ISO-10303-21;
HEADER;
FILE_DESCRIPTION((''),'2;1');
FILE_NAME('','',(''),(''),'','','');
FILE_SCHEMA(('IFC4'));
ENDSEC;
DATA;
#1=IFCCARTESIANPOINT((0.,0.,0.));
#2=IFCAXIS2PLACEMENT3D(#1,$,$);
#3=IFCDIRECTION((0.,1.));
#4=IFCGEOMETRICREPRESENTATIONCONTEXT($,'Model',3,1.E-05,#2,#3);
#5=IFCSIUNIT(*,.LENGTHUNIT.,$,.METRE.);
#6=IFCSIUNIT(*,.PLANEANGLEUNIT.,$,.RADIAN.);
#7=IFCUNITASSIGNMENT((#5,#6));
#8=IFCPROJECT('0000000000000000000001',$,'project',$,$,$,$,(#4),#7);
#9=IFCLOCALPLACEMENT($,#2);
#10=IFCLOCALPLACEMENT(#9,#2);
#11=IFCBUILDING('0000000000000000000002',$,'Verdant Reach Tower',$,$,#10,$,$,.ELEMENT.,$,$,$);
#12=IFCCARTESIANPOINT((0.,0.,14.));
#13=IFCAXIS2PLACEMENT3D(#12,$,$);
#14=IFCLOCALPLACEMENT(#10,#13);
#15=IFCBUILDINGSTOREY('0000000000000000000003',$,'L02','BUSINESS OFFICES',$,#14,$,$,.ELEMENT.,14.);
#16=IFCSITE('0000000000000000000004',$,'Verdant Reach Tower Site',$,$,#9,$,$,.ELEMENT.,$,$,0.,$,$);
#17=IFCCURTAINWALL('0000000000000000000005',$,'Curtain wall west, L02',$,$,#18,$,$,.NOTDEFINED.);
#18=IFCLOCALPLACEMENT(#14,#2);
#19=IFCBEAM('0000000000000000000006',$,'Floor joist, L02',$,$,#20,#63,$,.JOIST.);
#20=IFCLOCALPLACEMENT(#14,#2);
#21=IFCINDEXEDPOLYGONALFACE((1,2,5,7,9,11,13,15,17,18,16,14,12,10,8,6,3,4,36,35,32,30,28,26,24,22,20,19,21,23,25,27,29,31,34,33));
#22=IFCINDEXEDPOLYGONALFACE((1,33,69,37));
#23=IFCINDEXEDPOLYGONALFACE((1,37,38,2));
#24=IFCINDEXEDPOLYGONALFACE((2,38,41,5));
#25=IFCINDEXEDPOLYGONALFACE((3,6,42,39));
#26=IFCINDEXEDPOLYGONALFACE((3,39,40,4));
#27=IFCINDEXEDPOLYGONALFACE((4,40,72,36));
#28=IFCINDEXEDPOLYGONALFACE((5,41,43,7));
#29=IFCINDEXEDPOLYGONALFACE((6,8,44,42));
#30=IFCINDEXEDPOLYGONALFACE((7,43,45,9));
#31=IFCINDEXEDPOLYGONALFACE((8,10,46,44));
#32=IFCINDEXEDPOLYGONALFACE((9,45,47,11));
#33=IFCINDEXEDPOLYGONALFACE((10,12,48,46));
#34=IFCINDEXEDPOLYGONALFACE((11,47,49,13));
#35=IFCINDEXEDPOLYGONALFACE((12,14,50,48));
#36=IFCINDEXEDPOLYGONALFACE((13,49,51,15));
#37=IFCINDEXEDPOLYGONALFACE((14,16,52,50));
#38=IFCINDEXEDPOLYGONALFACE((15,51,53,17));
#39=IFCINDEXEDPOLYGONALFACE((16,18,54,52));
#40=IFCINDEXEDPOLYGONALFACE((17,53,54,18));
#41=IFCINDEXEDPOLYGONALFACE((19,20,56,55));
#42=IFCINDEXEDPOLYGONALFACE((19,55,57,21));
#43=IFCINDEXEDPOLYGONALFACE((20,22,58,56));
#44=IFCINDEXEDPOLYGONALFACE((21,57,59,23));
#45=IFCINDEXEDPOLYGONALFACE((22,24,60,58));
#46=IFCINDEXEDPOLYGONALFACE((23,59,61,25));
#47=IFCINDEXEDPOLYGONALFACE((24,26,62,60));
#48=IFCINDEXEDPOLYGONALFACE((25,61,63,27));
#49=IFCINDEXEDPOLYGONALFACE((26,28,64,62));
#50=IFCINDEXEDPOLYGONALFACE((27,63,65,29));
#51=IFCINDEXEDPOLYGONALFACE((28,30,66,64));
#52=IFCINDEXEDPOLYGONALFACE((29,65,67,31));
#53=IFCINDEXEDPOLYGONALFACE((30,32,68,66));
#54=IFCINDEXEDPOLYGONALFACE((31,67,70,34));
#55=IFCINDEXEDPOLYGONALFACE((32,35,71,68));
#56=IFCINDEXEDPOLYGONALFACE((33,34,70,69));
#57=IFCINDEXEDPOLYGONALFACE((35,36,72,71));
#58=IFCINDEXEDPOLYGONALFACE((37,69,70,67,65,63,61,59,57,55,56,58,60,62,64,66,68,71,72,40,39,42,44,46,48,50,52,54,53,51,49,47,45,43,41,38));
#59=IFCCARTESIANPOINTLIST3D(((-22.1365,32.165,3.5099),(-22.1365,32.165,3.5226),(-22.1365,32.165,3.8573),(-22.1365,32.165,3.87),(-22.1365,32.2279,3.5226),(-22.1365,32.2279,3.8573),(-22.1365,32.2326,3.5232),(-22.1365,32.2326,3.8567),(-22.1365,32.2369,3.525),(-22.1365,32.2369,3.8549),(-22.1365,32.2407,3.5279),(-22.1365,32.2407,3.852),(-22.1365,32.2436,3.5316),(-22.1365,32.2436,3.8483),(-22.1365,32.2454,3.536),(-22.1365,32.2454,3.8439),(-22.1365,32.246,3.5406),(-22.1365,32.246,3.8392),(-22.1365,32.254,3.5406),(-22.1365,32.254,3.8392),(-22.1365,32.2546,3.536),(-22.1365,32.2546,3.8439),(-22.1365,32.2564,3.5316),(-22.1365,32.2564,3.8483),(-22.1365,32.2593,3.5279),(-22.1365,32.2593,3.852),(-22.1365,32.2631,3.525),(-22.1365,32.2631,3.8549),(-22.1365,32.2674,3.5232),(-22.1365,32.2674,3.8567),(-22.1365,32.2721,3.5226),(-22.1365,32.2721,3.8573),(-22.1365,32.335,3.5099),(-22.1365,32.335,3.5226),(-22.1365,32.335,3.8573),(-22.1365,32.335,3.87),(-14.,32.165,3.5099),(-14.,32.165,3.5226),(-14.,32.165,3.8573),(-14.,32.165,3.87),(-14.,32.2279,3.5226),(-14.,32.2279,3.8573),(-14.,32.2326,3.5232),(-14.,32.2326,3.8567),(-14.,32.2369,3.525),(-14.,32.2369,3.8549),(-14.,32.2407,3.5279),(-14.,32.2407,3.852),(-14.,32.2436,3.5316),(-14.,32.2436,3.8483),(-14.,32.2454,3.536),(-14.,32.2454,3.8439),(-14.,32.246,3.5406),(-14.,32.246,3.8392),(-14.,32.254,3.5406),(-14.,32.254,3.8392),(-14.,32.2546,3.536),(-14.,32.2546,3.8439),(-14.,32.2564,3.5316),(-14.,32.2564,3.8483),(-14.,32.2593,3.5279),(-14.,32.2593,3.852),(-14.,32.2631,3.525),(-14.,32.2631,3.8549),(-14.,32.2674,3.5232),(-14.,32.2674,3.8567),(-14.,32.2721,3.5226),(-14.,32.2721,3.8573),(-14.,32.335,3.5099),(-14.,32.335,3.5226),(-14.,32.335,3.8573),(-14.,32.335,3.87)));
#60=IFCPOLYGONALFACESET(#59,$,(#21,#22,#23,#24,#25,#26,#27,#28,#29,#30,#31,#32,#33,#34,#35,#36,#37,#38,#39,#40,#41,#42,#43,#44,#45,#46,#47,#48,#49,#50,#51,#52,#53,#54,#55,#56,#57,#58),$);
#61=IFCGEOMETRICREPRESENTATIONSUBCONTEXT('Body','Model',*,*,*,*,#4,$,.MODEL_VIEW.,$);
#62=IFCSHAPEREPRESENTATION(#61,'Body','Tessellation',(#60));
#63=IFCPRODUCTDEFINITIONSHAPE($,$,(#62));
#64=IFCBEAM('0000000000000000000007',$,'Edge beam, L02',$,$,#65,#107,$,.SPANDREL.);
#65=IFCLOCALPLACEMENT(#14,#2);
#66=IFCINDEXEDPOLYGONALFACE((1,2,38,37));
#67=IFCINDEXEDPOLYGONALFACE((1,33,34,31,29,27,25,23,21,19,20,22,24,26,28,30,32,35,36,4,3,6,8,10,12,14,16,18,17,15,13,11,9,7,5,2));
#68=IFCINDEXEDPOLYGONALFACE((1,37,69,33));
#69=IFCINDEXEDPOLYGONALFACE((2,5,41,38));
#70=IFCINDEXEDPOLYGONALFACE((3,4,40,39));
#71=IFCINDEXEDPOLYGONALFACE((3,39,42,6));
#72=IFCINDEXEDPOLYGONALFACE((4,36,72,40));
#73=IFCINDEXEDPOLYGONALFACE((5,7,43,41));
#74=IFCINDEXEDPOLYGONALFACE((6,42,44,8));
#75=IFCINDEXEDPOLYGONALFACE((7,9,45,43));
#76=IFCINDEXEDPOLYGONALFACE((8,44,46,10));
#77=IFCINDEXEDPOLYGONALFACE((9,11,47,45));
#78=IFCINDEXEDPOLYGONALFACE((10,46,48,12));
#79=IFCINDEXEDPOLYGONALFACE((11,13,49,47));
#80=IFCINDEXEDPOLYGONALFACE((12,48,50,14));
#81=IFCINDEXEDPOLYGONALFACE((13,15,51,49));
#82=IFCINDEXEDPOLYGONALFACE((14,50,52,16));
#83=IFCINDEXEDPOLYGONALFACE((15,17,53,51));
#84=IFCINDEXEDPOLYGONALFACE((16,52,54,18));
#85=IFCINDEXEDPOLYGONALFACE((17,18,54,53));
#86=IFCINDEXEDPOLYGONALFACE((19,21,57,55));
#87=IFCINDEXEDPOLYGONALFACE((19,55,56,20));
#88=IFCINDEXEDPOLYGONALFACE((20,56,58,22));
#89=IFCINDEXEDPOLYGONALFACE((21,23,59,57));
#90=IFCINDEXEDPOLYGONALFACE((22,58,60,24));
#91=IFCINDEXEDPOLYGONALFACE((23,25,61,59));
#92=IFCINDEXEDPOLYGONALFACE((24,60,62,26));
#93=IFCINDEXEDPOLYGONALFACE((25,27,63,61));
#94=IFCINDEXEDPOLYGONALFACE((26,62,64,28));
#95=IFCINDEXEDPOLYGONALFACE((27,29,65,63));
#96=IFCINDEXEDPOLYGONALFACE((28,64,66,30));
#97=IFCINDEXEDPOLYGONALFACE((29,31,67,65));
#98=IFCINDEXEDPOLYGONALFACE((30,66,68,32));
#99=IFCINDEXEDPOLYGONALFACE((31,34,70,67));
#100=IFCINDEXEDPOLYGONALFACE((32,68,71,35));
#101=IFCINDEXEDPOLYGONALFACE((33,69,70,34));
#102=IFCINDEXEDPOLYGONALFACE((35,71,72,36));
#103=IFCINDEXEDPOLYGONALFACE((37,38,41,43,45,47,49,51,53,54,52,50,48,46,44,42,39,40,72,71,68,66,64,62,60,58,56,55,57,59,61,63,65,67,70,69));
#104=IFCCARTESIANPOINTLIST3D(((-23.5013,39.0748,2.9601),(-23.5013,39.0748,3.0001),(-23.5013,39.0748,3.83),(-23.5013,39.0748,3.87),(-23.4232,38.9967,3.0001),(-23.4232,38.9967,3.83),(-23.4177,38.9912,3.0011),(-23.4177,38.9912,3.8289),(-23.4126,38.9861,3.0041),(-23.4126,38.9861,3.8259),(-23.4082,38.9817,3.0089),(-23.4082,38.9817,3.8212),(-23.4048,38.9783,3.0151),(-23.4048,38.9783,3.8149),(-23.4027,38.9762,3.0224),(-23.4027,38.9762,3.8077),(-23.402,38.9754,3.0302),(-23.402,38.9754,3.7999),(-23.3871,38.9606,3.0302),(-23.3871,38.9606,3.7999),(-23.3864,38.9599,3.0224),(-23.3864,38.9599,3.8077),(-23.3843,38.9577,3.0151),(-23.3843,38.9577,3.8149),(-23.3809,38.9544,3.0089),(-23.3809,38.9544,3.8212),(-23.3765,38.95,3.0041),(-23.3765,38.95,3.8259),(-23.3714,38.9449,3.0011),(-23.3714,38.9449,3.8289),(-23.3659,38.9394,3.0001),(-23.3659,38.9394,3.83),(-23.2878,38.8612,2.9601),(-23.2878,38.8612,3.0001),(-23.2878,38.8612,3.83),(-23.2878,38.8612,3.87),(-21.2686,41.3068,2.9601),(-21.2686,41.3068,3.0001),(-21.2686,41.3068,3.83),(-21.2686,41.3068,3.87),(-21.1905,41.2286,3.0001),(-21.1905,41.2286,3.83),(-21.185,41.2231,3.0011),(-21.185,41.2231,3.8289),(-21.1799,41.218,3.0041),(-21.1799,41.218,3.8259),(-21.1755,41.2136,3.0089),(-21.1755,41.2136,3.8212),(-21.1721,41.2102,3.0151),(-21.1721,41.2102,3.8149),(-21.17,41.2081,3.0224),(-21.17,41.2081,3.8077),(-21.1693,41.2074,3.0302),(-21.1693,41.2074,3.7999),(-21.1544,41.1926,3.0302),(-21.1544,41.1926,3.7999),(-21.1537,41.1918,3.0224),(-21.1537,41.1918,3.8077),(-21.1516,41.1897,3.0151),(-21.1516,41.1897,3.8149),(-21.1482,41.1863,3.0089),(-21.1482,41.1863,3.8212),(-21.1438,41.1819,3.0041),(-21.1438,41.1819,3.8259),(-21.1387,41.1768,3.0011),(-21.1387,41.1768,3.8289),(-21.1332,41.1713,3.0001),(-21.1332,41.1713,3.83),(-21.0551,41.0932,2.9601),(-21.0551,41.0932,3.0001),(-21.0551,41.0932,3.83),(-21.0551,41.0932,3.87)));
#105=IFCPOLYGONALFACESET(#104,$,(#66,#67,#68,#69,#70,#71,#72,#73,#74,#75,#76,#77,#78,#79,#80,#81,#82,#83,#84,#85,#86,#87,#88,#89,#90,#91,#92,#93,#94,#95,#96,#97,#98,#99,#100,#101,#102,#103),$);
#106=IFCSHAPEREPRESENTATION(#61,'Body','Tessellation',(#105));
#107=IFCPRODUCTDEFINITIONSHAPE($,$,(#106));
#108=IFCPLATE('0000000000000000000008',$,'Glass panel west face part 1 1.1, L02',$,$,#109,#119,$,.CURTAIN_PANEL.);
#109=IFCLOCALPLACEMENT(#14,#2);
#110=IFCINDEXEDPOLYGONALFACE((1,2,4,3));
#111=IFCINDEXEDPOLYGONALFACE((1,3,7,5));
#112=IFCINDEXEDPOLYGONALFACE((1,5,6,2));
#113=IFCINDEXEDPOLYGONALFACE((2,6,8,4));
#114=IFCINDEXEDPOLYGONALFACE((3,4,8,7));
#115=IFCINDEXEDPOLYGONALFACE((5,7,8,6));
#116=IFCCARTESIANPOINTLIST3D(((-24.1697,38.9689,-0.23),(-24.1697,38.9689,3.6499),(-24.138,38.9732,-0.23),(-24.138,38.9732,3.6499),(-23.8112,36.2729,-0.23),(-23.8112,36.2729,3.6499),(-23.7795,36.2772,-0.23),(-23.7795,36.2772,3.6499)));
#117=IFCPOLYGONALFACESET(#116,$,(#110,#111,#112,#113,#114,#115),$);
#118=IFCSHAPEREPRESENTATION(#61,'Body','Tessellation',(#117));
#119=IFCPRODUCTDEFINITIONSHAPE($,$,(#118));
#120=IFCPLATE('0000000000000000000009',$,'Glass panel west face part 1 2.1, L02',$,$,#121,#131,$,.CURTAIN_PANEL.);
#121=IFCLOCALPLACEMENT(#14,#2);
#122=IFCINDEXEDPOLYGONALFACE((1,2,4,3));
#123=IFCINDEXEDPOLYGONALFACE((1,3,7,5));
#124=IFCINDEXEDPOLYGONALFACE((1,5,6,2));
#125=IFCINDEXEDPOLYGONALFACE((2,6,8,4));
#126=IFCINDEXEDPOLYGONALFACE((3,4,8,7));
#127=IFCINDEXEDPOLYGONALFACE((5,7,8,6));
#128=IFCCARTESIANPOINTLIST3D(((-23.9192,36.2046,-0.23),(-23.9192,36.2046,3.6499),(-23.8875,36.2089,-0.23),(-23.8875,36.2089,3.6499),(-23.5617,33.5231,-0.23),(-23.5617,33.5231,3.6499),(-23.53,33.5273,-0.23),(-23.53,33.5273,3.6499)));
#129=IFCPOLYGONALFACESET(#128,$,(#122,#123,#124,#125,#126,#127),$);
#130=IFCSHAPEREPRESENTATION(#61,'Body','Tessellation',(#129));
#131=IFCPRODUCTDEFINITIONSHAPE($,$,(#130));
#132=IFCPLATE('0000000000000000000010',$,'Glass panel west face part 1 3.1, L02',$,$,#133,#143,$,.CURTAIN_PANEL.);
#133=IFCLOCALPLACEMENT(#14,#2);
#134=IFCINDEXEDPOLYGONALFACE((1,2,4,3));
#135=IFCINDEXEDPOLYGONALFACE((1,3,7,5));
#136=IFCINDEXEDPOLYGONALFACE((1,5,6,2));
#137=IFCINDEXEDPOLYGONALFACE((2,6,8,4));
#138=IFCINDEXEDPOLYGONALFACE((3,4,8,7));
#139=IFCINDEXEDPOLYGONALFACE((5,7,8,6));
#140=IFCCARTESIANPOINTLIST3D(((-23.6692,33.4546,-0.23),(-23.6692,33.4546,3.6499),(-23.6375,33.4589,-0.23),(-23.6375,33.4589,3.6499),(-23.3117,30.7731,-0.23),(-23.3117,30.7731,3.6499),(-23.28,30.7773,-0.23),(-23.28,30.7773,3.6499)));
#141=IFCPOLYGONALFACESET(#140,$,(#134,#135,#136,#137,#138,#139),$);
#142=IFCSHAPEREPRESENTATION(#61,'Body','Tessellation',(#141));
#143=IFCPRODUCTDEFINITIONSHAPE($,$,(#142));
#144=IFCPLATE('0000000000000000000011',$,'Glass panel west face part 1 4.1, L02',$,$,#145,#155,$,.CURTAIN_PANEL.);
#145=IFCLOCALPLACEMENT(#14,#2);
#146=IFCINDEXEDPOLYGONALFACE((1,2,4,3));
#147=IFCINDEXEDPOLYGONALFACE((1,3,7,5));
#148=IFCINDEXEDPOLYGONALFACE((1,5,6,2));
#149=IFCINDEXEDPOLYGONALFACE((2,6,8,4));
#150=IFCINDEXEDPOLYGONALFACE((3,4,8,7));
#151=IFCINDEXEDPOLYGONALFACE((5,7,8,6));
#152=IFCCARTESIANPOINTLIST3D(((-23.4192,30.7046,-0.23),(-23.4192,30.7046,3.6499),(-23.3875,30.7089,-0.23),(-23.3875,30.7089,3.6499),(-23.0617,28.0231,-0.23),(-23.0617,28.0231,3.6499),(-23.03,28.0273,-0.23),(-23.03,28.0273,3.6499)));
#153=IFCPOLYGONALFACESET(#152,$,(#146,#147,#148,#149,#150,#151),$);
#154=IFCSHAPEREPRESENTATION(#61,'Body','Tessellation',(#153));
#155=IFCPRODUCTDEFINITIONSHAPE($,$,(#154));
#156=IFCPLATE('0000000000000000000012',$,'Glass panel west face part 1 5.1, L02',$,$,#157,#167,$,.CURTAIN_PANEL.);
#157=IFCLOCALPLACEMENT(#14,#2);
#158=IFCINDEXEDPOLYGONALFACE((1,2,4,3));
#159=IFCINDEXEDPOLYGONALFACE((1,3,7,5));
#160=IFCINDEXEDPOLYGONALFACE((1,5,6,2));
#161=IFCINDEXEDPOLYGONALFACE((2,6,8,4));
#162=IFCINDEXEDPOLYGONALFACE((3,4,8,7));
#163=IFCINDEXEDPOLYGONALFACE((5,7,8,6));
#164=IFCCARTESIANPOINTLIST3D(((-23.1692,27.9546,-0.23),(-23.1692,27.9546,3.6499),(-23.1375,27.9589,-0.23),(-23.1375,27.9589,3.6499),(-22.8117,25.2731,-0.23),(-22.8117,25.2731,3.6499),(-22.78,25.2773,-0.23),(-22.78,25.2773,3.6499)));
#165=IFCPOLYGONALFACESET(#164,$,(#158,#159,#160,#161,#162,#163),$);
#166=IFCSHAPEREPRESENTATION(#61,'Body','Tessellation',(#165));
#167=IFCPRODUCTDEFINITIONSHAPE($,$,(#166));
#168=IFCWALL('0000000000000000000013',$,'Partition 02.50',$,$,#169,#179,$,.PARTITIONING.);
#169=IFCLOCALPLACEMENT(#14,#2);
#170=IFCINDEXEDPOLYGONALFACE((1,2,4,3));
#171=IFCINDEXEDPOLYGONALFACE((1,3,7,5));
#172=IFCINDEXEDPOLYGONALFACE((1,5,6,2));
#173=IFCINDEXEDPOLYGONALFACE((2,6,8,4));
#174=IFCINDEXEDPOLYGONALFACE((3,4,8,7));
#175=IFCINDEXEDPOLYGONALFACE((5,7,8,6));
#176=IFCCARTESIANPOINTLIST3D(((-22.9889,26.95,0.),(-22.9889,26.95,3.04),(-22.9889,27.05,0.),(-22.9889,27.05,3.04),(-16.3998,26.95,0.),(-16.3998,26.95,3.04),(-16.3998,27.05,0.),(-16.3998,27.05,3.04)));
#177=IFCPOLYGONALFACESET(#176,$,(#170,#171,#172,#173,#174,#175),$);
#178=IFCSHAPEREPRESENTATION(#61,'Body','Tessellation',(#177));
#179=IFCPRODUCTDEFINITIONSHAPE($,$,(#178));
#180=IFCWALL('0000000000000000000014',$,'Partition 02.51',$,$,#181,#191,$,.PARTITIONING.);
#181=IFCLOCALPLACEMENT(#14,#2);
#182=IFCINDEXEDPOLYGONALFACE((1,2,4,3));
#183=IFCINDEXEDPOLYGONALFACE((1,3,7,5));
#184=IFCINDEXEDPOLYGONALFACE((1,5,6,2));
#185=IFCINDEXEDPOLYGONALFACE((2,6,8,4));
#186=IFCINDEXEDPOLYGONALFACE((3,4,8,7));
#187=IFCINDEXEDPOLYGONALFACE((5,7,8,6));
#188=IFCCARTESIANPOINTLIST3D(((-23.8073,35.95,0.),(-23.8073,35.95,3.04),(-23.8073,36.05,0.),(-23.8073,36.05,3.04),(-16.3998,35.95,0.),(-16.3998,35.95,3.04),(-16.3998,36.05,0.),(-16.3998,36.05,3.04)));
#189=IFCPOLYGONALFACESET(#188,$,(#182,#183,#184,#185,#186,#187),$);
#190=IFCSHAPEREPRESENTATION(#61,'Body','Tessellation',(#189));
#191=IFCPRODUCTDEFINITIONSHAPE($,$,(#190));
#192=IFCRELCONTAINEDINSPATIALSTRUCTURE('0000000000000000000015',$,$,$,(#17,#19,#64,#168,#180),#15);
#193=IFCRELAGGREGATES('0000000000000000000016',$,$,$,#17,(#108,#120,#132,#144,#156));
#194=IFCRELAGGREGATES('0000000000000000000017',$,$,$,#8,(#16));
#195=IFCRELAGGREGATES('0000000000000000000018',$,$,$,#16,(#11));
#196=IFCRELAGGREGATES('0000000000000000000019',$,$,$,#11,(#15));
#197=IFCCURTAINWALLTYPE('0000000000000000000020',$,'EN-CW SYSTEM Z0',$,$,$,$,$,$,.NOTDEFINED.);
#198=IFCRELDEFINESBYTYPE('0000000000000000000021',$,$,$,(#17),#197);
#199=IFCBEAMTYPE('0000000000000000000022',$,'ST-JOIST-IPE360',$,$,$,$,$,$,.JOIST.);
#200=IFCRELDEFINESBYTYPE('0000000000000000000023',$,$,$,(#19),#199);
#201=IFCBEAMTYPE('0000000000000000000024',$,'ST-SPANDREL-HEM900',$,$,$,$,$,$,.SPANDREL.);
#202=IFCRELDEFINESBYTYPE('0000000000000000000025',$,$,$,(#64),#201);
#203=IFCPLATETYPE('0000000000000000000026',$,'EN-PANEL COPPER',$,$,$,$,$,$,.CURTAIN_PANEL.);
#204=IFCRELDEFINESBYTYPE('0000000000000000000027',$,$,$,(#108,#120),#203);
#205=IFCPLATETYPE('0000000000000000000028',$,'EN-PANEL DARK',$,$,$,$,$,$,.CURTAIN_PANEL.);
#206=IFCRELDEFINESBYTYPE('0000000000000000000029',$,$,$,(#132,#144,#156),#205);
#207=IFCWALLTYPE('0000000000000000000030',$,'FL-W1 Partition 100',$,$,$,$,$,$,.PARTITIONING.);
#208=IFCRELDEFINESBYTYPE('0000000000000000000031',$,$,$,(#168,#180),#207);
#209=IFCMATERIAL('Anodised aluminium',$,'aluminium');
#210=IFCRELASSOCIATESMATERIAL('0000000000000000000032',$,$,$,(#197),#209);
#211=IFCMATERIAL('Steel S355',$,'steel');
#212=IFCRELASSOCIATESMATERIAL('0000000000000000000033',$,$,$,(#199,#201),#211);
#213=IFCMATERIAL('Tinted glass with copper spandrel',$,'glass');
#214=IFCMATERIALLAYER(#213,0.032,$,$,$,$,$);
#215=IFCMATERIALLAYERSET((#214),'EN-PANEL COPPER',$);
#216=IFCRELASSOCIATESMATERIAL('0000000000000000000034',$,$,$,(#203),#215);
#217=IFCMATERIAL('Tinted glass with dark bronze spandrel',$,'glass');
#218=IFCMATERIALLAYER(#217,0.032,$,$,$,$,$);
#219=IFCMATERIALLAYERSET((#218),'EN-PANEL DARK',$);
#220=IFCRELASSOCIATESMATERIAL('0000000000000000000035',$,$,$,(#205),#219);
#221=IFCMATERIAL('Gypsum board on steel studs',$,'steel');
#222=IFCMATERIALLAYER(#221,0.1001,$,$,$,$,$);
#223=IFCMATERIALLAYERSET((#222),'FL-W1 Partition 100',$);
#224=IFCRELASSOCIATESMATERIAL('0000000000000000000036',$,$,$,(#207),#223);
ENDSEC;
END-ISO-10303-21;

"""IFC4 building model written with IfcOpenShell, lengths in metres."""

from ifc_helpers import new_model, si_unit, direction, frame, frame_2d, origin, origin_2d, place, context, subcontext, project, spatial, rectangle, i_section, extrude, material, layer, layer_set, material_profile, profile_set, type_object, element, aggregate, save


model = new_model("IFC4")

# Units and contexts
model_context = context("Model", 3, precision=1e-05, world=origin(), true_north=direction((0.0, 1.0)))
body_context = subcontext(model_context, "Body", "Model", "MODEL_VIEW")
ifc_project = project(units=[si_unit("LENGTHUNIT", "METRE"), si_unit("PLANEANGLEUNIT", "RADIAN")], contexts=[model_context])

# Site, building, storey
site_placement = place(None, origin())
site = spatial("IfcSite", under=ifc_project, at=site_placement, Name="Verdant Reach Tower Site", CompositionType="ELEMENT", RefElevation=0.0)
building_placement = place(site_placement, origin())
building = spatial("IfcBuilding", under=site, at=building_placement, Name="Verdant Reach Tower", CompositionType="ELEMENT")
storey_placement = place(building_placement, frame((0.0, 0.0, 14.0)))
storey = spatial("IfcBuildingStorey", under=building, at=storey_placement, Name="L02", Description="BUSINESS OFFICES", CompositionType="ELEMENT", Elevation=14.0)

# Curtain wall
ifc_material_1 = material(Name="Anodised aluminium", Category="aluminium")
curtain_wall_type = type_object("IfcCurtainWallType", Name="EN-CW SYSTEM Z0", PredefinedType="NOTDEFINED", material=ifc_material_1)
curtain_wall_placement = place(storey_placement, origin())
curtain_wall = element("IfcCurtainWall", 1, at=curtain_wall_placement, inside=storey, type_object=curtain_wall_type, Name="Curtain wall west, L02", PredefinedType="NOTDEFINED")

# Beams
ifc_material_2 = material(Name="Steel S355", Category="steel")
ifc_material_profile_1 = material_profile(ifc_material_2, i_section(OverallWidth=0.1699, OverallDepth=0.3601, WebThickness=0.0081, FlangeThickness=0.0127, FilletRadius=0.0181, at=origin_2d()), Name="IPE 360")
ifc_profile_set_1 = profile_set([ifc_material_profile_1], Name="Steel S355")
beam_type_1 = type_object("IfcBeamType", Name="ST-JOIST-IPE360", PredefinedType="JOIST", material=ifc_profile_set_1)
beam_1_placement = place(storey_placement, frame((-14.0, 32.25, 3.6899), z_axis=(-1.0, 0.0, 0.0), x_axis=(0.0, -1.0, 0.0)))
element("IfcBeam", 2, at=beam_1_placement, inside=storey, type_object=beam_type_1, Name="Floor joist, L02", PredefinedType="JOIST", context=body_context, shape_type="SweptSolid", body=[
    extrude(i_section(OverallWidth=0.1699, OverallDepth=0.3601, WebThickness=0.0081, FlangeThickness=0.0127, FilletRadius=0.0181, at=origin_2d()), origin(), (0.0, 0.0, 1.0), 8.1365),
])
ifc_material_profile_2 = material_profile(ifc_material_2, i_section(OverallWidth=0.302, OverallDepth=0.9099, WebThickness=0.021, FlangeThickness=0.04, FilletRadius=0.03, at=origin_2d()), Name="HEM 900")
ifc_profile_set_2 = profile_set([ifc_material_profile_2], Name="Steel S355")
beam_type_2 = type_object("IfcBeamType", Name="ST-SPANDREL-HEM900", PredefinedType="SPANDREL", material=ifc_profile_set_2)
beam_2_placement = place(storey_placement, frame((-23.3945, 38.968, 3.415), z_axis=(0.707223, 0.706991, 0.0), x_axis=(-0.706991, 0.707223, 0.0)))
element("IfcBeam", 3, at=beam_2_placement, inside=storey, type_object=beam_type_2, Name="Edge beam, L02", PredefinedType="SPANDREL", context=body_context, shape_type="SweptSolid", body=[
    extrude(i_section(OverallWidth=0.302, OverallDepth=0.9099, WebThickness=0.021, FlangeThickness=0.04, FilletRadius=0.03, at=origin_2d()), origin(), (0.0, 0.0, 1.0), 3.157),
])

# Plates
ifc_material_3 = material(Name="Tinted glass with copper spandrel", Category="glass")
ifc_layer_1 = layer(ifc_material_3, 0.032)
ifc_layer_set_1 = layer_set([ifc_layer_1], Name="EN-PANEL COPPER")
plate_type_1 = type_object("IfcPlateType", Name="EN-PANEL COPPER", PredefinedType="CURTAIN_PANEL", material=ifc_layer_set_1)
plate_1_placement = place(storey_placement, frame((-23.9746, 37.623, -0.23), z_axis=(0.0, 0.0, 1.0), x_axis=(0.131793, -0.991277, 0.0)))
plate_1 = element("IfcPlate", 4, at=plate_1_placement, type_object=plate_type_1, Name="Glass panel west face part 1 1.1, L02", PredefinedType="CURTAIN_PANEL", context=body_context, shape_type="SweptSolid", body=[
    extrude(rectangle(XDim=2.7197, YDim=0.032, at=origin_2d()), origin(), (0.0, 0.0, 1.0), 3.8799),
])
plate_2_placement = place(storey_placement, frame((-23.7246, 34.866, -0.23), z_axis=(0.0, 0.0, 1.0), x_axis=(0.13216, -0.991228, 0.0)))
plate_2 = element("IfcPlate", 5, at=plate_2_placement, type_object=plate_type_1, Name="Glass panel west face part 1 2.1, L02", PredefinedType="CURTAIN_PANEL", context=body_context, shape_type="SweptSolid", body=[
    extrude(rectangle(XDim=2.7053, YDim=0.032, at=origin_2d()), origin(), (0.0, 0.0, 1.0), 3.8799),
])
ifc_material_4 = material(Name="Tinted glass with dark bronze spandrel", Category="glass")
ifc_layer_2 = layer(ifc_material_4, 0.032)
ifc_layer_set_2 = layer_set([ifc_layer_2], Name="EN-PANEL DARK")
plate_type_2 = type_object("IfcPlateType", Name="EN-PANEL DARK", PredefinedType="CURTAIN_PANEL", material=ifc_layer_set_2)
plate_3_placement = place(storey_placement, frame((-23.4746, 32.116, -0.23), z_axis=(0.0, 0.0, 1.0), x_axis=(0.13216, -0.991228, 0.0)))
plate_3 = element("IfcPlate", 6, at=plate_3_placement, type_object=plate_type_2, Name="Glass panel west face part 1 3.1, L02", PredefinedType="CURTAIN_PANEL", context=body_context, shape_type="SweptSolid", body=[
    extrude(rectangle(XDim=2.7053, YDim=0.032, at=origin_2d()), origin(), (0.0, 0.0, 1.0), 3.8799),
])
plate_4_placement = place(storey_placement, frame((-23.2246, 29.366, -0.23), z_axis=(0.0, 0.0, 1.0), x_axis=(0.13216, -0.991228, 0.0)))
plate_4 = element("IfcPlate", 7, at=plate_4_placement, type_object=plate_type_2, Name="Glass panel west face part 1 4.1, L02", PredefinedType="CURTAIN_PANEL", context=body_context, shape_type="SweptSolid", body=[
    extrude(rectangle(XDim=2.7053, YDim=0.032, at=origin_2d()), origin(), (0.0, 0.0, 1.0), 3.8799),
])
plate_5_placement = place(storey_placement, frame((-22.9746, 26.616, -0.23), z_axis=(0.0, 0.0, 1.0), x_axis=(0.13216, -0.991228, 0.0)))
plate_5 = element("IfcPlate", 8, at=plate_5_placement, type_object=plate_type_2, Name="Glass panel west face part 1 5.1, L02", PredefinedType="CURTAIN_PANEL", context=body_context, shape_type="SweptSolid", body=[
    extrude(rectangle(XDim=2.7053, YDim=0.032, at=origin_2d()), origin(), (0.0, 0.0, 1.0), 3.8799),
])
aggregate(curtain_wall, [plate_1, plate_2, plate_3, plate_4, plate_5])

# Walls
ifc_material_5 = material(Name="Gypsum board on steel studs", Category="steel")
ifc_layer_3 = layer(ifc_material_5, 0.1001)
ifc_layer_set_3 = layer_set([ifc_layer_3], Name="FL-W1 Partition 100")
wall_type_1 = type_object("IfcWallType", Name="FL-W1 Partition 100", PredefinedType="PARTITIONING", material=ifc_layer_set_3)
wall_1_placement = place(storey_placement, frame((-16.3999, 27.0, 0.0), z_axis=(0.0, 0.0, 1.0), x_axis=(-1.0, 0.0, 0.0)))
element("IfcWall", 9, at=wall_1_placement, inside=storey, type_object=wall_type_1, Name="Partition 02.50", PredefinedType="PARTITIONING", context=body_context, shape_type="SweptSolid", body=[
    extrude(rectangle(XDim=6.5891, YDim=0.1001, at=frame_2d((3.2944, 0.0))), origin(), (0.0, 0.0, 1.0), 3.04),
])
wall_2_placement = place(storey_placement, frame((-16.3999, 36.0, 0.0), z_axis=(0.0, 0.0, 1.0), x_axis=(-1.0, 0.0, 0.0)))
element("IfcWall", 10, at=wall_2_placement, inside=storey, type_object=wall_type_1, Name="Partition 02.51", PredefinedType="PARTITIONING", context=body_context, shape_type="SweptSolid", body=[
    extrude(rectangle(XDim=7.4075, YDim=0.1001, at=frame_2d((3.7036, 0.0))), origin(), (0.0, 0.0, 1.0), 3.04),
])

save(model, "model.ifc")
